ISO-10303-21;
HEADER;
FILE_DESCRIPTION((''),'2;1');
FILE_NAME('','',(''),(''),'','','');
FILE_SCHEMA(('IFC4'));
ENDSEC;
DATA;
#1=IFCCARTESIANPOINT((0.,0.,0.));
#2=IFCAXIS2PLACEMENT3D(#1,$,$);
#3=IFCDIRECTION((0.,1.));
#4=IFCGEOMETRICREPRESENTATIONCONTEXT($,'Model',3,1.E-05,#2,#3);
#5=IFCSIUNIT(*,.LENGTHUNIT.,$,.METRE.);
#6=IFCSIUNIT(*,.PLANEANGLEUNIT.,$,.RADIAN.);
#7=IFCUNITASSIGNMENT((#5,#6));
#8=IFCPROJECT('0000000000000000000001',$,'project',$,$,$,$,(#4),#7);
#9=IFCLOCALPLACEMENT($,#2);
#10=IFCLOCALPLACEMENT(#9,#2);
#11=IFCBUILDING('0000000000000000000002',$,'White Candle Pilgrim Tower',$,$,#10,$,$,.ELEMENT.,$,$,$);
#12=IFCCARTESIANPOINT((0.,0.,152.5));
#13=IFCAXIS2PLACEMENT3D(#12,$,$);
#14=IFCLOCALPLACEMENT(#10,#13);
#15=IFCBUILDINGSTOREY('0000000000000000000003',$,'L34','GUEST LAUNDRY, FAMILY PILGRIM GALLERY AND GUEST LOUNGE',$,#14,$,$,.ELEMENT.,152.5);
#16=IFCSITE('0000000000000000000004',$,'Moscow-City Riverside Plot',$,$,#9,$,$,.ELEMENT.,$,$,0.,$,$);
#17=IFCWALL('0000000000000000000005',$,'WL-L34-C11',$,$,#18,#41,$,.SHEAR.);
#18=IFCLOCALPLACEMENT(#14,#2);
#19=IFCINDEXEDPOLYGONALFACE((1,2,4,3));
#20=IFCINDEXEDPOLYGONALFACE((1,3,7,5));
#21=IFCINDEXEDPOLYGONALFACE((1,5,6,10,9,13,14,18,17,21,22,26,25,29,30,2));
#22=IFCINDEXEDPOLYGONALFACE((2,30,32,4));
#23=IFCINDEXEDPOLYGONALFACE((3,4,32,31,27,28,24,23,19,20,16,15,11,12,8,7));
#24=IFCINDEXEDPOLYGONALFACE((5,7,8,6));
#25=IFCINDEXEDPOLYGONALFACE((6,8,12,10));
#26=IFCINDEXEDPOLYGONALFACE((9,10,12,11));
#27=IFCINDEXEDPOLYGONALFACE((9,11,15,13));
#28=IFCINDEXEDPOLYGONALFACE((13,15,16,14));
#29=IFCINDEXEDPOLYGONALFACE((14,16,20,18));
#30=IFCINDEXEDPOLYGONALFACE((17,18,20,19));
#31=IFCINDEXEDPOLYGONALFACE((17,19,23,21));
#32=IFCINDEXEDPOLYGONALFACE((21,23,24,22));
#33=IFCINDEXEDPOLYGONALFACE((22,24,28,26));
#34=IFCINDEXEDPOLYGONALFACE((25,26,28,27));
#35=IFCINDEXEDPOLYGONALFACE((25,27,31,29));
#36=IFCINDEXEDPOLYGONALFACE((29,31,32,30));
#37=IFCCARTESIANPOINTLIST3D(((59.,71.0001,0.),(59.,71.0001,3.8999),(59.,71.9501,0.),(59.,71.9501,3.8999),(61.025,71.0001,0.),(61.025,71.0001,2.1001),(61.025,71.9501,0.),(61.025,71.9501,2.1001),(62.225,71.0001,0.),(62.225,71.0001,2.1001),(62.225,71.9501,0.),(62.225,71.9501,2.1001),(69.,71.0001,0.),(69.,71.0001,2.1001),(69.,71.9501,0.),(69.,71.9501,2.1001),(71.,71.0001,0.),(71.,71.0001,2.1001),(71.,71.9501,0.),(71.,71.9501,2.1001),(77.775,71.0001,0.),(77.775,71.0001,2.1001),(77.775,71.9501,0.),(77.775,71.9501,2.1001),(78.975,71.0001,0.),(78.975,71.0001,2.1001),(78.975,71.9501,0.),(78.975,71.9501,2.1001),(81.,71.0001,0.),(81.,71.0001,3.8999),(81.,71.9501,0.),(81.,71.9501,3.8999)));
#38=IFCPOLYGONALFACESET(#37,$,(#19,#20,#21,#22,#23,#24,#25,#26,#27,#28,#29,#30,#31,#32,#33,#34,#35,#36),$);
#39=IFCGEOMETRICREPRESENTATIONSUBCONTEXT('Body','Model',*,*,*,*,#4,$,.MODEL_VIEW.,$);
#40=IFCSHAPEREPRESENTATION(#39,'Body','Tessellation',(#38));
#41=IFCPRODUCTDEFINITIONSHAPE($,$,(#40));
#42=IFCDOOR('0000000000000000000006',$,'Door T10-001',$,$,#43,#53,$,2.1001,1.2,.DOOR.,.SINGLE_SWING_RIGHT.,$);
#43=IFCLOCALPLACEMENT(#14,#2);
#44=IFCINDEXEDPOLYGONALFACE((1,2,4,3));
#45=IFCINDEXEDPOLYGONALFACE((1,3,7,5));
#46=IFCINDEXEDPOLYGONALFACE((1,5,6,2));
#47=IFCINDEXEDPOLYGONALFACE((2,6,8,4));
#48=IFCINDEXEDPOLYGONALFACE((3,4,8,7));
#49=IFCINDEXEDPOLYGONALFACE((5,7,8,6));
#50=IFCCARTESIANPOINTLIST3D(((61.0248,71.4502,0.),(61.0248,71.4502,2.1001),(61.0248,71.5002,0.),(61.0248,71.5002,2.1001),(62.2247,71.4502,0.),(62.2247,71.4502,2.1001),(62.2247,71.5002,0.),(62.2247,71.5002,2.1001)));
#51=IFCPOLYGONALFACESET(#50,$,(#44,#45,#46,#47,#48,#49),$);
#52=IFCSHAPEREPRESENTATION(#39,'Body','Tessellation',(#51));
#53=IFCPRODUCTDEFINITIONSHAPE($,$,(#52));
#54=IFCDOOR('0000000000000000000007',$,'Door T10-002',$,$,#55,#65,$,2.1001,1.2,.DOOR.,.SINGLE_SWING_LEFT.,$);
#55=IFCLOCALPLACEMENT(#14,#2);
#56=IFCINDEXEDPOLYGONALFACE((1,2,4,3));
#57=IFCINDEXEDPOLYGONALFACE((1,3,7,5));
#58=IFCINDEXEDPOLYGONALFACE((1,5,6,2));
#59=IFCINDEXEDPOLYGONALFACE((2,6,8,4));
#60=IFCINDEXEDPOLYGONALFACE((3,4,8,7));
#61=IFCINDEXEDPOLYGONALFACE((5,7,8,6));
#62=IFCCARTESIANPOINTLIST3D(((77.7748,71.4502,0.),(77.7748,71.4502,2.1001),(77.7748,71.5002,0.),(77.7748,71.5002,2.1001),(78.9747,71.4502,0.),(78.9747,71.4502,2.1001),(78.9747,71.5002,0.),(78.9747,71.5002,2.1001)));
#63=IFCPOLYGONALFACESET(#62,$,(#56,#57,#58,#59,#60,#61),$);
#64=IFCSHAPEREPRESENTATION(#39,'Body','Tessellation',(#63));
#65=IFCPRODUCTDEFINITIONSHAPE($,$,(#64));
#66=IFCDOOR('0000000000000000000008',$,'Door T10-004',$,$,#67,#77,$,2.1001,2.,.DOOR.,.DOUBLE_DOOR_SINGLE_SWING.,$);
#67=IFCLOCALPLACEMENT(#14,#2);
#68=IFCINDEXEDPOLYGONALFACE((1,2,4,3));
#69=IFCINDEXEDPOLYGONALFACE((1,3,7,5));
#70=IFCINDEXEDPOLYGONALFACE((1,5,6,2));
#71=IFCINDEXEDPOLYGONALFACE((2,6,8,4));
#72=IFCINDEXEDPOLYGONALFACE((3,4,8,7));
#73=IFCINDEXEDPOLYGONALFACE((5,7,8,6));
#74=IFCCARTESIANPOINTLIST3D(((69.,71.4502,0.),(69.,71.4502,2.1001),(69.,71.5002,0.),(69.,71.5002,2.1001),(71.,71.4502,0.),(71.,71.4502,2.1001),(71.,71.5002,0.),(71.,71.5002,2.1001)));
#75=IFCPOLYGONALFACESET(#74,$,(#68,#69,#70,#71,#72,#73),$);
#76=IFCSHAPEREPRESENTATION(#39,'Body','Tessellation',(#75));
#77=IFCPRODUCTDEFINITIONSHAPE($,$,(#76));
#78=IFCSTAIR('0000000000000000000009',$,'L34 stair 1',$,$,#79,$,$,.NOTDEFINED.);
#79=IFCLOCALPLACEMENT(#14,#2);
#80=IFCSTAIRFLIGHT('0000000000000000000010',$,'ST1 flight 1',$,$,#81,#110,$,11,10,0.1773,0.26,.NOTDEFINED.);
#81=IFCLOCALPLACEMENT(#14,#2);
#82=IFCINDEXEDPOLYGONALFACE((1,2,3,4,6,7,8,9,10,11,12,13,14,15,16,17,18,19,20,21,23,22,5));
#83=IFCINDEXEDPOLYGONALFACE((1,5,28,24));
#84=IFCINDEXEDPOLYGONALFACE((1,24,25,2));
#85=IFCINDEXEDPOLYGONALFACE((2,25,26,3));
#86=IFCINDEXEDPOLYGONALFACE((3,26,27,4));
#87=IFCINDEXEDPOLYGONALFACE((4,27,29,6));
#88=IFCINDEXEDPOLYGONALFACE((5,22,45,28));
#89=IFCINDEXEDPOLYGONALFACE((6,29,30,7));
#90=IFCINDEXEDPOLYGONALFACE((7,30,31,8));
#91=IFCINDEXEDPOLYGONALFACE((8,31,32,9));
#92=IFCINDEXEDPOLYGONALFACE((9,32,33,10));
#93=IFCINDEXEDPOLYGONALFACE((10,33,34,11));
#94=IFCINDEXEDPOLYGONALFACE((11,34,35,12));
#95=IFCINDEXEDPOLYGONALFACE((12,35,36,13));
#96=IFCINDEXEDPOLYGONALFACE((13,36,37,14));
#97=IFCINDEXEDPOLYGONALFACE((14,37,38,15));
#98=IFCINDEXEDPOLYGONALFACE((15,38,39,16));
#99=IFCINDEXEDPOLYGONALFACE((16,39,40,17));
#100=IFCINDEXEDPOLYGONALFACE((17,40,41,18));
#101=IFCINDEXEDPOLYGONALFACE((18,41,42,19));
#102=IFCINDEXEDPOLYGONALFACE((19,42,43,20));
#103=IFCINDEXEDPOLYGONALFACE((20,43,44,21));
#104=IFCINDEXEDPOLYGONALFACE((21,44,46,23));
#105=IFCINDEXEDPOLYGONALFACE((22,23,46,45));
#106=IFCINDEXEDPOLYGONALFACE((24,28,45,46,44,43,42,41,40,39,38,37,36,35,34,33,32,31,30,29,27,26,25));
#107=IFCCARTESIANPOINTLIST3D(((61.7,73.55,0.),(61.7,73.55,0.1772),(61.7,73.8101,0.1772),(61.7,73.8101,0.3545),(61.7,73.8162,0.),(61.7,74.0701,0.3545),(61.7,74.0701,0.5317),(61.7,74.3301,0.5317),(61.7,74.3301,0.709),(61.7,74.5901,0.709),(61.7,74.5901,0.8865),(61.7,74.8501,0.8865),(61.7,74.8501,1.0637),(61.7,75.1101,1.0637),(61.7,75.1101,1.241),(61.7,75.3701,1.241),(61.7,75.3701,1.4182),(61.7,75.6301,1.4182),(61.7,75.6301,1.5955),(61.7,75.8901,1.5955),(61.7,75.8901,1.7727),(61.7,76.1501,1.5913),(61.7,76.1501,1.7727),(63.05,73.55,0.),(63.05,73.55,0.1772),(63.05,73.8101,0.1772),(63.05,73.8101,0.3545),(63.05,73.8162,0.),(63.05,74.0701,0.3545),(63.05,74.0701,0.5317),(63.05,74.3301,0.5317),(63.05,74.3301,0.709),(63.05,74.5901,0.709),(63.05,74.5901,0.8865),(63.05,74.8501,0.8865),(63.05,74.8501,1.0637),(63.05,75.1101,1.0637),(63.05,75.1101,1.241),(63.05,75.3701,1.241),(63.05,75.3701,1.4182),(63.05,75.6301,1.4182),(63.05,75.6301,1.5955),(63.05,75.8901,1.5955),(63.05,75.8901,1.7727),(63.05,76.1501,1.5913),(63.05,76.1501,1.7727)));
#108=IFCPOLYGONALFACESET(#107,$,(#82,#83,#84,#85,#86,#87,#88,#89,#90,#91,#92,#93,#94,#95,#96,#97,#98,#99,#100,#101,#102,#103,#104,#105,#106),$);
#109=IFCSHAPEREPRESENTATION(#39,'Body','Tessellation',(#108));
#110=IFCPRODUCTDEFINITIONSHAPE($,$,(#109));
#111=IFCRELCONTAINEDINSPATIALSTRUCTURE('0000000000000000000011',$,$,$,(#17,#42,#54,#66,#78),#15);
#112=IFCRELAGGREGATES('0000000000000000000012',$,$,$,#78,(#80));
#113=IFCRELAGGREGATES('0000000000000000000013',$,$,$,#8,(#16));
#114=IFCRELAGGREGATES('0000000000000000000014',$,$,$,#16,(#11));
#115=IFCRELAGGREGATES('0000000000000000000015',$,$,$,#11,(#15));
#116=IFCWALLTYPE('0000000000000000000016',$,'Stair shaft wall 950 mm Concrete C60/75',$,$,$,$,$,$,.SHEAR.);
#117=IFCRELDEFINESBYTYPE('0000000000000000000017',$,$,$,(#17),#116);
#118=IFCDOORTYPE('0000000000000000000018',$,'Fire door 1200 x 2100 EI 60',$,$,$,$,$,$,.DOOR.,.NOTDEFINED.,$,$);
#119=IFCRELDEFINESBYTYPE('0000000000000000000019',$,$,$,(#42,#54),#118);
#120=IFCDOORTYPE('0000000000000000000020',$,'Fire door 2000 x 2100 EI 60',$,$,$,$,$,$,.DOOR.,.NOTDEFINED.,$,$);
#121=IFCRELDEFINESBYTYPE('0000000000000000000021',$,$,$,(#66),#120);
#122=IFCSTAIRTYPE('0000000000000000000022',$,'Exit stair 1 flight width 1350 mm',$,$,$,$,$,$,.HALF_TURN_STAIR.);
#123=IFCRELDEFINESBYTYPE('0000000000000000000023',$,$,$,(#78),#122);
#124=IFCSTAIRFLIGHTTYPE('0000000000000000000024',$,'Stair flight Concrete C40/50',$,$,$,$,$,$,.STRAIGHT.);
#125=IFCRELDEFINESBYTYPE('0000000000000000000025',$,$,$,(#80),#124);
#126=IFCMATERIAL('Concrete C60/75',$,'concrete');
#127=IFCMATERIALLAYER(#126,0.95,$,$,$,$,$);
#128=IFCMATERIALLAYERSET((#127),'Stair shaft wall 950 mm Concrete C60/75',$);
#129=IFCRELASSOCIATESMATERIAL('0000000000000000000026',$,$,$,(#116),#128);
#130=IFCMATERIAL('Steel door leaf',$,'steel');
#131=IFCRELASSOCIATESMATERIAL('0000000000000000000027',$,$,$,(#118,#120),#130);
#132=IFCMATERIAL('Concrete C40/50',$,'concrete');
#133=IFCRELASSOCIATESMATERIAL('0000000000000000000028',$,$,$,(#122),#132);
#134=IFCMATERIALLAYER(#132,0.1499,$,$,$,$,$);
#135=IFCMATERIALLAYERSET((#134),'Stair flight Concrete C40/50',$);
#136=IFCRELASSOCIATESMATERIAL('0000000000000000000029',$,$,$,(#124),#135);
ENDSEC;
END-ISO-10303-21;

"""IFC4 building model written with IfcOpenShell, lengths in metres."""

from ifc_helpers import new_model, si_unit, direction, frame, frame_2d, origin, place, context, subcontext, project, spatial, polyline, rectangle, outline, extrude, material, layer, layer_set, type_object, element, fill, aggregate, save


model = new_model("IFC4")

# Units and contexts
model_context = context("Model", 3, precision=1e-05, world=origin(), true_north=direction((0.0, 1.0)))
body_context = subcontext(model_context, "Body", "Model", "MODEL_VIEW")
ifc_project = project(units=[si_unit("LENGTHUNIT", "METRE"), si_unit("PLANEANGLEUNIT", "RADIAN")], contexts=[model_context])

# Site, building, storey
site_placement = place(None, origin())
site = spatial("IfcSite", under=ifc_project, at=site_placement, Name="Moscow-City Riverside Plot", CompositionType="ELEMENT", RefElevation=0.0)
building_placement = place(site_placement, origin())
building = spatial("IfcBuilding", under=site, at=building_placement, Name="White Candle Pilgrim Tower", CompositionType="ELEMENT")
storey_placement = place(building_placement, frame((0.0, 0.0, 152.5)))
storey = spatial("IfcBuildingStorey", under=building, at=storey_placement, Name="L34", Description="GUEST LAUNDRY, FAMILY PILGRIM GALLERY AND GUEST LOUNGE", CompositionType="ELEMENT", Elevation=152.5)

# Shared definitions
ifc_material_1 = material(Name="Steel door leaf", Category="steel")

# Shared definitions
ifc_material_2 = material(Name="Concrete C60/75", Category="concrete")

# Wall, openings, doors
ifc_layer_1 = layer(ifc_material_2, 0.95)
ifc_layer_set_1 = layer_set([ifc_layer_1], Name="Stair shaft wall 950 mm Concrete C60/75")
wall_type_1 = type_object("IfcWallType", Name="Stair shaft wall 950 mm Concrete C60/75", PredefinedType="SHEAR", material=ifc_layer_set_1)
wall_1_placement = place(storey_placement, frame((59.0, 71.4751, 0.0), z_axis=(0.0, 0.0, 1.0), x_axis=(1.0, 0.0, 0.0)))
wall_1 = element("IfcWall", 1, at=wall_1_placement, inside=storey, type_object=wall_type_1, Name="WL-L34-C11", PredefinedType="SHEAR", context=body_context, shape_type="SweptSolid", body=[
    extrude(rectangle(XDim=22.0, YDim=0.95, at=frame_2d((11.0, 0.0))), origin(), (0.0, 0.0, 1.0), 3.8999),
])
opening_1_placement = place(wall_1_placement, frame((2.0249, 0.0, 0.0)))
opening_1 = element("IfcOpeningElement", 2, at=opening_1_placement, cuts=wall_1, PredefinedType="OPENING", context=body_context, shape_type="SweptSolid", body=[
    extrude(rectangle(XDim=1.2, YDim=2.1001, at=frame_2d((0.6001, 1.05))), frame((0.0, 0.4849, 0.0), z_axis=(0.0, -1.0, 0.0), x_axis=(1.0, 0.0, 0.0)), (0.0, 0.0, 1.0), 0.97),
])
opening_2_placement = place(wall_1_placement, frame((18.7749, 0.0, 0.0)))
opening_2 = element("IfcOpeningElement", 3, at=opening_2_placement, cuts=wall_1, PredefinedType="OPENING", context=body_context, shape_type="SweptSolid", body=[
    extrude(rectangle(XDim=1.2, YDim=2.1001, at=frame_2d((0.6001, 1.05))), frame((0.0, 0.4849, 0.0), z_axis=(0.0, -1.0, 0.0), x_axis=(1.0, 0.0, 0.0)), (0.0, 0.0, 1.0), 0.97),
])
opening_3_placement = place(wall_1_placement, frame((10.0, 0.0, 0.0)))
opening_3 = element("IfcOpeningElement", 4, at=opening_3_placement, cuts=wall_1, PredefinedType="OPENING", context=body_context, shape_type="SweptSolid", body=[
    extrude(rectangle(XDim=2.0, YDim=2.1001, at=frame_2d((1.0, 1.05))), frame((0.0, 0.4849, 0.0), z_axis=(0.0, -1.0, 0.0), x_axis=(1.0, 0.0, 0.0)), (0.0, 0.0, 1.0), 0.97),
])
door_type_1 = type_object("IfcDoorType", Name="Fire door 1200 x 2100 EI 60", OperationType="NOTDEFINED", PredefinedType="DOOR", material=ifc_material_1)
door_1_placement = place(opening_1_placement, frame((1.2, 0.0, 0.0), z_axis=(0.0, 0.0, 1.0), x_axis=(-1.0, 0.0, 0.0)))
door_1 = element("IfcDoor", 5, at=door_1_placement, inside=storey, type_object=door_type_1, Name="Door T10-001", OperationType="SINGLE_SWING_RIGHT", OverallHeight=2.1001, OverallWidth=1.2, PredefinedType="DOOR", context=body_context, shape_type="SweptSolid", body=[
    extrude(rectangle(XDim=1.2, YDim=2.1001, at=frame_2d((0.6001, 1.05))), frame((0.0, 0.0249, 0.0), z_axis=(0.0, -1.0, 0.0), x_axis=(1.0, 0.0, 0.0)), (0.0, 0.0, 1.0), 0.05),
])
fill(opening_1, door_1)
door_2_placement = place(opening_2_placement, frame((1.2, 0.0, 0.0), z_axis=(0.0, 0.0, 1.0), x_axis=(-1.0, 0.0, 0.0)))
door_2 = element("IfcDoor", 6, at=door_2_placement, inside=storey, type_object=door_type_1, Name="Door T10-002", OperationType="SINGLE_SWING_LEFT", OverallHeight=2.1001, OverallWidth=1.2, PredefinedType="DOOR", context=body_context, shape_type="SweptSolid", body=[
    extrude(rectangle(XDim=1.2, YDim=2.1001, at=frame_2d((0.6001, 1.05))), frame((0.0, 0.0249, 0.0), z_axis=(0.0, -1.0, 0.0), x_axis=(1.0, 0.0, 0.0)), (0.0, 0.0, 1.0), 0.05),
])
fill(opening_2, door_2)
door_type_2 = type_object("IfcDoorType", Name="Fire door 2000 x 2100 EI 60", OperationType="NOTDEFINED", PredefinedType="DOOR", material=ifc_material_1)
door_3_placement = place(opening_3_placement, frame((2.0, 0.0, 0.0), z_axis=(0.0, 0.0, 1.0), x_axis=(-1.0, 0.0, 0.0)))
door_3 = element("IfcDoor", 7, at=door_3_placement, inside=storey, type_object=door_type_2, Name="Door T10-004", OperationType="DOUBLE_DOOR_SINGLE_SWING", OverallHeight=2.1001, OverallWidth=2.0, PredefinedType="DOOR", context=body_context, shape_type="SweptSolid", body=[
    extrude(rectangle(XDim=2.0, YDim=2.1001, at=frame_2d((1.0, 1.05))), frame((0.0, 0.0249, 0.0), z_axis=(0.0, -1.0, 0.0), x_axis=(1.0, 0.0, 0.0)), (0.0, 0.0, 1.0), 0.05),
])
fill(opening_3, door_3)

# Stair, stair flight
ifc_material_3 = material(Name="Concrete C40/50", Category="concrete")
stair_type = type_object("IfcStairType", Name="Exit stair 1 flight width 1350 mm", PredefinedType="HALF_TURN_STAIR", material=ifc_material_3)
stair_placement = place(storey_placement, origin())
stair = element("IfcStair", 8, at=stair_placement, inside=storey, type_object=stair_type, Name="L34 stair 1", PredefinedType="NOTDEFINED")
ifc_layer_2 = layer(ifc_material_3, 0.1499)
ifc_layer_set_2 = layer_set([ifc_layer_2], Name="Stair flight Concrete C40/50")
stair_flight_type = type_object("IfcStairFlightType", Name="Stair flight Concrete C40/50", PredefinedType="STRAIGHT", material=ifc_layer_set_2)
stair_flight_placement = place(storey_placement, frame((62.375, 73.55, 0.0), z_axis=(0.0, 0.0, 1.0), x_axis=(0.0, 1.0, 0.0)))
stair_flight = element("IfcStairFlight", 9, at=stair_flight_placement, type_object=stair_flight_type, Name="ST1 flight 1", NumberOfRisers=11, NumberOfTreads=10, PredefinedType="NOTDEFINED", RiserHeight=0.1773, TreadLength=0.26, context=body_context, shape_type="SweptSolid", body=[
    extrude(outline(polyline([(0.0, 0.0), (0.0, 0.1772), (0.26, 0.1772), (0.26, 0.3545), (0.52, 0.3545), (0.52, 0.5317), (0.78, 0.5317), (0.78, 0.709), (1.04, 0.709), (1.04, 0.8865), (1.3, 0.8865), (1.3, 1.0637), (1.5601, 1.0637), (1.5601, 1.241), (1.8201, 1.241), (1.8201, 1.4182), (2.0801, 1.4182), (2.0801, 1.5955), (2.3401, 1.5955), (2.3401, 1.7727), (2.6001, 1.7727), (2.6001, 1.95), (2.6001, 1.5913), (0.2661, 0.0), (0.0, 0.0)])), frame((0.0, 0.675, 0.0), z_axis=(0.0, -1.0, 0.0), x_axis=(1.0, 0.0, 0.0)), (0.0, 0.0, 1.0), 1.3501),
])
aggregate(stair, [stair_flight])

save(model, "model.ifc")
